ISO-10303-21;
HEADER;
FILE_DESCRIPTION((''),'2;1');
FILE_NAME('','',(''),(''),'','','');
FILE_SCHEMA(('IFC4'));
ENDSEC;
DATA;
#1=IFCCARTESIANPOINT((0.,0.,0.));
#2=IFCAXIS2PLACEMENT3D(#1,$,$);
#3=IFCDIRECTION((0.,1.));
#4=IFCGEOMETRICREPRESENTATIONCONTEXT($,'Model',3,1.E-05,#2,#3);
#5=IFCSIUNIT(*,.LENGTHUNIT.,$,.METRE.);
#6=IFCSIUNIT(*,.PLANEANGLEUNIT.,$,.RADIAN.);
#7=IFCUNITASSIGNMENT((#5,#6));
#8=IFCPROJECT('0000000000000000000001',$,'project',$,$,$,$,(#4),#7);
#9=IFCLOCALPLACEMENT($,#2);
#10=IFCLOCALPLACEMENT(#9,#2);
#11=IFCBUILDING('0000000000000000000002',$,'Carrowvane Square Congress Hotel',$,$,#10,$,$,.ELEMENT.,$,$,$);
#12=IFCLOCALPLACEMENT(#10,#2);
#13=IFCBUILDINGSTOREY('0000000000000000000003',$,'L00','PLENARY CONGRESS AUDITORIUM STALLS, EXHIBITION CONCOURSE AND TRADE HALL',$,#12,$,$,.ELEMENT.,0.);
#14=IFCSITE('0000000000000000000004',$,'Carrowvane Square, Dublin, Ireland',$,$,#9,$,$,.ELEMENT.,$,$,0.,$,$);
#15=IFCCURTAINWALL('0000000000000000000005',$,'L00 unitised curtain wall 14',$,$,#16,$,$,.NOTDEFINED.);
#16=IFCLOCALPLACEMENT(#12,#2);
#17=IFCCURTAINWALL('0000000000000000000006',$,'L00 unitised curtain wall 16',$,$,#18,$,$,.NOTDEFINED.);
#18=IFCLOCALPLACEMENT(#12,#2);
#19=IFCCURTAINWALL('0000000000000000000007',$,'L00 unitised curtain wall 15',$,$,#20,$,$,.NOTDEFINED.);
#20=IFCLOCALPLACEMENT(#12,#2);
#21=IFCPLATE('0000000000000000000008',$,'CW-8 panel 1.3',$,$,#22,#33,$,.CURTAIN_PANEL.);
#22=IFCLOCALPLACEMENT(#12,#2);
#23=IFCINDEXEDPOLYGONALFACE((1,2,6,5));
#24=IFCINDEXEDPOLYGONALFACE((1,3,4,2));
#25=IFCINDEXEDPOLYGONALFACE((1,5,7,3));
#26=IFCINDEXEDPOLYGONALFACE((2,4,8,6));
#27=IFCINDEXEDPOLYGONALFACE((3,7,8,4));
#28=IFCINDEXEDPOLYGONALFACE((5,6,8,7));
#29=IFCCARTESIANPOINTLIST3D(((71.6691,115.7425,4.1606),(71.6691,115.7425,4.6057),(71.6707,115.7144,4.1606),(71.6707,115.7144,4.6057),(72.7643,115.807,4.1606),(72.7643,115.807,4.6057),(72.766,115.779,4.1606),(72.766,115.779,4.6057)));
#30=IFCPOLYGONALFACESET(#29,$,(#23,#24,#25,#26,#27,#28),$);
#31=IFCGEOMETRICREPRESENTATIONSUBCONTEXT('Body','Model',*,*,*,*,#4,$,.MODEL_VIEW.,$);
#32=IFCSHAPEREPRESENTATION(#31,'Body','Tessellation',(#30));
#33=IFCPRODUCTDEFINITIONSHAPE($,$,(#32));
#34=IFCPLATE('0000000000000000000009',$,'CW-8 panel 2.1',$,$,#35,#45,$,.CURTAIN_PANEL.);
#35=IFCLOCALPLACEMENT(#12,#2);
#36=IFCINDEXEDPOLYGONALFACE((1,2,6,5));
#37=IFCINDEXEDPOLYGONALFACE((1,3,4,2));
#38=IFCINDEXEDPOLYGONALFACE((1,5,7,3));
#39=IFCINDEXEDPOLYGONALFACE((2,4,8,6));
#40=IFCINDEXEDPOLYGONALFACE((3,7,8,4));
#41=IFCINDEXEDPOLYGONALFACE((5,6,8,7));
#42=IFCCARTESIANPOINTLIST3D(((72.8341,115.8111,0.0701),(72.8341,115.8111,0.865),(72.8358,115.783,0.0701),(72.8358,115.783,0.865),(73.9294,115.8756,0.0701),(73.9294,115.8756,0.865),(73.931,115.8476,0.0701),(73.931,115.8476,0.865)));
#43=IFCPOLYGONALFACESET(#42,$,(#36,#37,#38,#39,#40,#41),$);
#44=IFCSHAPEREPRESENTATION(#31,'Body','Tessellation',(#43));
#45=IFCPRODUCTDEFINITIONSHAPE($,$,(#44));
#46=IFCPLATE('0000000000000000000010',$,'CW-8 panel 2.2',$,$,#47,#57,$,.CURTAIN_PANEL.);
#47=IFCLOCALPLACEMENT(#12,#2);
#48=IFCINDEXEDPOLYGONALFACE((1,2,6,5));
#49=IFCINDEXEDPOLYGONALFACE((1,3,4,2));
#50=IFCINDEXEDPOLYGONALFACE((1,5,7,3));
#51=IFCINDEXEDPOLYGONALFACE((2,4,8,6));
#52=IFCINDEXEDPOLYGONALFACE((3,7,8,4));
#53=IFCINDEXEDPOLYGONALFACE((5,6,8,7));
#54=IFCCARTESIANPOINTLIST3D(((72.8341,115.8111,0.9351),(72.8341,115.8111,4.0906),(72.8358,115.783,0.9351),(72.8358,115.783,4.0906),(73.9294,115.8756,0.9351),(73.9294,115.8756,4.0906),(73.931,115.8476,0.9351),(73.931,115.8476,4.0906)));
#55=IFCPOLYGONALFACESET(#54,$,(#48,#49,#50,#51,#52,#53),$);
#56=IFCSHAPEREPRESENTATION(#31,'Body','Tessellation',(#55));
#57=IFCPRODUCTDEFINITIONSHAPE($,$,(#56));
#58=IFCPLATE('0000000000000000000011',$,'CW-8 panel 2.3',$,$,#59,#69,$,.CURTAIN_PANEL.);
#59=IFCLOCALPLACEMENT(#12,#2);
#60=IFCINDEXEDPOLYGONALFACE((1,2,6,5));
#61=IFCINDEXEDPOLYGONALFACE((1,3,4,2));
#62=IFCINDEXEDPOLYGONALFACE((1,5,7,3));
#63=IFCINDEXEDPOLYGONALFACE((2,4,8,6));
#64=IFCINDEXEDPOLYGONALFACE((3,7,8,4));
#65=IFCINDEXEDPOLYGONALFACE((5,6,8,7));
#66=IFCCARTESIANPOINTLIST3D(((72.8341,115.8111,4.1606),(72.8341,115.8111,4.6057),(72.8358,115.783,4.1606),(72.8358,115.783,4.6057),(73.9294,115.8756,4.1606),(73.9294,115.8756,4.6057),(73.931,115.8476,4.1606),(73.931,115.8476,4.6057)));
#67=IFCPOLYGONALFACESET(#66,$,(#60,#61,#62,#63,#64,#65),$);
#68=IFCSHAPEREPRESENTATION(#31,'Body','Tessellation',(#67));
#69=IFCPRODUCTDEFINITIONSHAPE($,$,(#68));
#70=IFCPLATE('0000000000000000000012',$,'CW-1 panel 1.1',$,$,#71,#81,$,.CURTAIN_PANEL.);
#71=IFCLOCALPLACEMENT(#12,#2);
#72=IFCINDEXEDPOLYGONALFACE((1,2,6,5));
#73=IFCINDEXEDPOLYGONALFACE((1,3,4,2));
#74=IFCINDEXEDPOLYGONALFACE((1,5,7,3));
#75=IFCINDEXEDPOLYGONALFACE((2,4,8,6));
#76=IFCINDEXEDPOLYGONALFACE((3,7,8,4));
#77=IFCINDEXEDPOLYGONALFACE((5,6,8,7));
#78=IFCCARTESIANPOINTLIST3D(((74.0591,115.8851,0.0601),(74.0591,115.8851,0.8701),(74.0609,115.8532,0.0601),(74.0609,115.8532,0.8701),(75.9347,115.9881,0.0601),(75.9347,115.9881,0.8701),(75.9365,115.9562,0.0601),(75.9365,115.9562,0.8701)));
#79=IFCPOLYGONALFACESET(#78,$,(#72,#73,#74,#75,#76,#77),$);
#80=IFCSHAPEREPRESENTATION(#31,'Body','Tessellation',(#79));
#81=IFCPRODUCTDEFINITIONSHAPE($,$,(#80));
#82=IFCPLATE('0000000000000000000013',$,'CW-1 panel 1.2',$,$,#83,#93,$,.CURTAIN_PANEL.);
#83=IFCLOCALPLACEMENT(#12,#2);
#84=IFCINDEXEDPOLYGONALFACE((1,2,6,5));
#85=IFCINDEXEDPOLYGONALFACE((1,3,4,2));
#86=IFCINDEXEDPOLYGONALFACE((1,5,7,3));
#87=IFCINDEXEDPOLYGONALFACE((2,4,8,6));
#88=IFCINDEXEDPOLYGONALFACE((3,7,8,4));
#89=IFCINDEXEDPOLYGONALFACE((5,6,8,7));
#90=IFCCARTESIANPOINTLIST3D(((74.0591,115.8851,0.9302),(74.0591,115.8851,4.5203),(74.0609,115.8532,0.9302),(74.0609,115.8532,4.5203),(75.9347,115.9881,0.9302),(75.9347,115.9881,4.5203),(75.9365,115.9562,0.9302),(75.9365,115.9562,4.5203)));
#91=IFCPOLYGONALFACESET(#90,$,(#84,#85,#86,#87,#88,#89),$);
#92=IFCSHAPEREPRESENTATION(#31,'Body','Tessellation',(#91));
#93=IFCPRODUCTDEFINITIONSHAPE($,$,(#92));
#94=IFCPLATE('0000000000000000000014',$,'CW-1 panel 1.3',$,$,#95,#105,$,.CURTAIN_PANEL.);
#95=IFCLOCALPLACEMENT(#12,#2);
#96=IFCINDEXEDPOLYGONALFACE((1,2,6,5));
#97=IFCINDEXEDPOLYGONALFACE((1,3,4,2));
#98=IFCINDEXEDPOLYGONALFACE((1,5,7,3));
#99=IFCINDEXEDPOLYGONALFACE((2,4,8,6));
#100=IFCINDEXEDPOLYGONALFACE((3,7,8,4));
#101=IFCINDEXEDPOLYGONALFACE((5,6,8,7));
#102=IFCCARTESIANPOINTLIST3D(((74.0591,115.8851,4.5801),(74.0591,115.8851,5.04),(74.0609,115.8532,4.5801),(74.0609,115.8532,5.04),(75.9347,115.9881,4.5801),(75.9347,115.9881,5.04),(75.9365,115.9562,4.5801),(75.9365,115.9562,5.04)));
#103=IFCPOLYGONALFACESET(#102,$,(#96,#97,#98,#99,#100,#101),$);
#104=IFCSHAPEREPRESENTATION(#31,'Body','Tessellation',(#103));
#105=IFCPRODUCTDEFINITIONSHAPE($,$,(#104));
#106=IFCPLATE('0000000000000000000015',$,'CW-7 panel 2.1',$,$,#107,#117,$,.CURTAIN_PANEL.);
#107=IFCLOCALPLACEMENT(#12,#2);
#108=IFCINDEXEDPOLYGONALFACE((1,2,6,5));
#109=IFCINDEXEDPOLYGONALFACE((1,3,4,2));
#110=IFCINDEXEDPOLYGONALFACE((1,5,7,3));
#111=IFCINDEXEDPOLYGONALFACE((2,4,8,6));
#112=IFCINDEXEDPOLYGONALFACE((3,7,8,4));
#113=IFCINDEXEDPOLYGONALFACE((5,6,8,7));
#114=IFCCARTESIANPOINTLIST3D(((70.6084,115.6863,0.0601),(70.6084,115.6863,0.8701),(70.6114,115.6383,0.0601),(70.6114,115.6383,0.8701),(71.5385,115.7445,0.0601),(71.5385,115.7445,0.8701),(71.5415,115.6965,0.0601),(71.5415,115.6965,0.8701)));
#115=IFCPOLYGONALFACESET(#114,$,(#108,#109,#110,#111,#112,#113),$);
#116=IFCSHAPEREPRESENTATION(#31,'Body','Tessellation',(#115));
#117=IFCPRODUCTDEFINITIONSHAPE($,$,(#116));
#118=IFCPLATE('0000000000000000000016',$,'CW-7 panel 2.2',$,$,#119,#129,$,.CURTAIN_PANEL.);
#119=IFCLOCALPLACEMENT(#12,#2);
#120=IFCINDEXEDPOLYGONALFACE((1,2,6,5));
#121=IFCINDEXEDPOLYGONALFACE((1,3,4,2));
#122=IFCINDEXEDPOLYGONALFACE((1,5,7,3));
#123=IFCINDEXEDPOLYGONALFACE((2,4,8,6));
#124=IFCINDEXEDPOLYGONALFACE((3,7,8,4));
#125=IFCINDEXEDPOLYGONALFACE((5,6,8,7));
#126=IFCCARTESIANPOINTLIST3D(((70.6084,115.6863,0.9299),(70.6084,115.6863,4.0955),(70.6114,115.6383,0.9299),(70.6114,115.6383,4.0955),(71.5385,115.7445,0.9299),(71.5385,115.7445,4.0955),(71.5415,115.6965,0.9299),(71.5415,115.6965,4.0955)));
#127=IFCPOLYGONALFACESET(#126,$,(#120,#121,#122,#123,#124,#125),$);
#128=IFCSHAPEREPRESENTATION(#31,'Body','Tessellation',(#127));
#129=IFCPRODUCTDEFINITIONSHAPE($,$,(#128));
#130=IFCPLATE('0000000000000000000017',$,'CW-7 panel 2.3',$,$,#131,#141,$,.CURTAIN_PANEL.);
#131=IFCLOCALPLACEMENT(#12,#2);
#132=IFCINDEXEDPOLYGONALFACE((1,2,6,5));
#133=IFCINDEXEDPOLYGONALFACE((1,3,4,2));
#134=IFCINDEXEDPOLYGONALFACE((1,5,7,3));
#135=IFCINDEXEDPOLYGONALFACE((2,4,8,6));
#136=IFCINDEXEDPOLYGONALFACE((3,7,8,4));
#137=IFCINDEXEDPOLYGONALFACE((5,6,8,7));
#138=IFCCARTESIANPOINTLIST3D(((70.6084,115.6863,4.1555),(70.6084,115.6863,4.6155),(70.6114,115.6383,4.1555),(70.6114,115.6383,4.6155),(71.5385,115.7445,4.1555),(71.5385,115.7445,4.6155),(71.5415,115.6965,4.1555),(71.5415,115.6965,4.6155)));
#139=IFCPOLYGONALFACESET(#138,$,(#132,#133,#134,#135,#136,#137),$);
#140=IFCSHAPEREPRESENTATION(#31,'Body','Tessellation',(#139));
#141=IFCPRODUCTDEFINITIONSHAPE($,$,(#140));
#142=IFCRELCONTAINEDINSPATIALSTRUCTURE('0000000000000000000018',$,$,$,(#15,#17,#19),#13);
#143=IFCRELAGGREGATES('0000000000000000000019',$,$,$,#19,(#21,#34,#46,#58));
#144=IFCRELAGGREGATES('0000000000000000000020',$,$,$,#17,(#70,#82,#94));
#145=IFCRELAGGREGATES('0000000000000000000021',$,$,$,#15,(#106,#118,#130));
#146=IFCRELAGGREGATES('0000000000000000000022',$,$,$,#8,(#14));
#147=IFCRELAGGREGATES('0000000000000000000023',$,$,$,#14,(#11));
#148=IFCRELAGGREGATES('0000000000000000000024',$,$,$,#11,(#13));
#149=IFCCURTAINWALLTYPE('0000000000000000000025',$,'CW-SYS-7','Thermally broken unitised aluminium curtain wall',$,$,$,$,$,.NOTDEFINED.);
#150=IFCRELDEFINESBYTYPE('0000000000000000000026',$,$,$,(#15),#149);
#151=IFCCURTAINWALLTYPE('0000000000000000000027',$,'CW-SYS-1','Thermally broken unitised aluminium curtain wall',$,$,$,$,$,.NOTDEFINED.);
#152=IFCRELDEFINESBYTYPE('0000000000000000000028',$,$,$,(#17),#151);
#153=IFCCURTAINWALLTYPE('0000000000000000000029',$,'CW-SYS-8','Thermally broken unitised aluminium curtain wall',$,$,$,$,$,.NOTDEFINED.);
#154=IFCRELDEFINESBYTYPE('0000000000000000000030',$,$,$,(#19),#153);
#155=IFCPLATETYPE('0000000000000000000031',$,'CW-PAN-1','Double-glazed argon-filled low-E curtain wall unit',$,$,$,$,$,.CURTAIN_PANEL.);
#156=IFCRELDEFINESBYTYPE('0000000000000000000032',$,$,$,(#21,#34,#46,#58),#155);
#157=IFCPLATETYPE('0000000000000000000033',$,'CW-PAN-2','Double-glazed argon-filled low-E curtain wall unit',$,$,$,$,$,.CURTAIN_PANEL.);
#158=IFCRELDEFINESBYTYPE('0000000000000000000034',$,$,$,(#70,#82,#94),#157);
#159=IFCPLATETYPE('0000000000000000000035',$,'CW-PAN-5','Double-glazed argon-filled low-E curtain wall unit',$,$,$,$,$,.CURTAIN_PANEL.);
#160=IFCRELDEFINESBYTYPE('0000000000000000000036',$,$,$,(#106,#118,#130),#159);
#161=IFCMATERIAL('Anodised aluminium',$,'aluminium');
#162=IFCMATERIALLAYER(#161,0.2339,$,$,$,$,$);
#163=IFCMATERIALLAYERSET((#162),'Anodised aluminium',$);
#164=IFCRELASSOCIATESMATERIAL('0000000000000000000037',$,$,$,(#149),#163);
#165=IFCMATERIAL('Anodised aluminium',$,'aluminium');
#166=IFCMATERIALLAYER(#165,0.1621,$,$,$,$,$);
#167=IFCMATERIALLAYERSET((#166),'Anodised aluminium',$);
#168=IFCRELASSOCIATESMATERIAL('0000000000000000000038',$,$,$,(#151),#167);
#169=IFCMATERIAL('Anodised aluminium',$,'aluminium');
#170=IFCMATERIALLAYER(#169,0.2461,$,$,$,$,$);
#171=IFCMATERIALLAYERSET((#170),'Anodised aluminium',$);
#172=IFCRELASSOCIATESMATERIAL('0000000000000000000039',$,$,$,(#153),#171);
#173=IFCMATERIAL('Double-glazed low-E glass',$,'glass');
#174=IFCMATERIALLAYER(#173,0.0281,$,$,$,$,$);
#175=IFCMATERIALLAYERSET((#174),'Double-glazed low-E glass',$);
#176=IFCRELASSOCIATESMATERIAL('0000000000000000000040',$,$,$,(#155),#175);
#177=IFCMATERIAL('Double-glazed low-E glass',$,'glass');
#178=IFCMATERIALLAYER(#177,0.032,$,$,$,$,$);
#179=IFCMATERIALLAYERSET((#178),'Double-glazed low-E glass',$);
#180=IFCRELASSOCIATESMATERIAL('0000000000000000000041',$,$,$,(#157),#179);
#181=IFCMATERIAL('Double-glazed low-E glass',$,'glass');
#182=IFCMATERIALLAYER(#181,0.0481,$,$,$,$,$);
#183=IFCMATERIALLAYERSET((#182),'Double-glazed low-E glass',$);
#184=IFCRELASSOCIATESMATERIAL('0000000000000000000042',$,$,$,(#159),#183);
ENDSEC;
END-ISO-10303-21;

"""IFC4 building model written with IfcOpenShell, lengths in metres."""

from ifc_helpers import new_model, si_unit, direction, frame, origin, origin_2d, place, context, subcontext, project, spatial, rectangle, extrude, material, layer, layer_set, type_object, element, aggregate, save


model = new_model("IFC4")

# Units and contexts
model_context = context("Model", 3, precision=1e-05, world=origin(), true_north=direction((0.0, 1.0)))
body_context = subcontext(model_context, "Body", "Model", "MODEL_VIEW")
ifc_project = project(units=[si_unit("LENGTHUNIT", "METRE"), si_unit("PLANEANGLEUNIT", "RADIAN")], contexts=[model_context])

# Site, building, storey
site_placement = place(None, origin())
site = spatial("IfcSite", under=ifc_project, at=site_placement, Name="Carrowvane Square, Dublin, Ireland", CompositionType="ELEMENT", RefElevation=0.0)
building_placement = place(site_placement, origin())
building = spatial("IfcBuilding", under=site, at=building_placement, Name="Carrowvane Square Congress Hotel", CompositionType="ELEMENT")
storey_placement = place(building_placement, origin())
storey = spatial("IfcBuildingStorey", under=building, at=storey_placement, Name="L00", Description="PLENARY CONGRESS AUDITORIUM STALLS, EXHIBITION CONCOURSE AND TRADE HALL", CompositionType="ELEMENT", Elevation=0.0)

# Curtain wall
ifc_material_1 = material(Name="Anodised aluminium", Category="aluminium")
ifc_layer_1 = layer(ifc_material_1, 0.2339)
ifc_layer_set_1 = layer_set([ifc_layer_1], Name="Anodised aluminium")
curtain_wall_type_1 = type_object("IfcCurtainWallType", Name="CW-SYS-7", Description="Thermally broken unitised aluminium curtain wall", PredefinedType="NOTDEFINED", material=ifc_layer_set_1)
curtain_wall_1_placement = place(storey_placement, origin())
curtain_wall_1 = element("IfcCurtainWall", 1, at=curtain_wall_1_placement, inside=storey, type_object=curtain_wall_type_1, Name="L00 unitised curtain wall 14", PredefinedType="NOTDEFINED")

# Curtain walls
ifc_material_2 = material(Name="Anodised aluminium", Category="aluminium")
ifc_layer_2 = layer(ifc_material_2, 0.1621)
ifc_layer_set_2 = layer_set([ifc_layer_2], Name="Anodised aluminium")
curtain_wall_type_2 = type_object("IfcCurtainWallType", Name="CW-SYS-1", Description="Thermally broken unitised aluminium curtain wall", PredefinedType="NOTDEFINED", material=ifc_layer_set_2)
curtain_wall_2_placement = place(storey_placement, origin())
curtain_wall_2 = element("IfcCurtainWall", 2, at=curtain_wall_2_placement, inside=storey, type_object=curtain_wall_type_2, Name="L00 unitised curtain wall 16", PredefinedType="NOTDEFINED")
ifc_material_3 = material(Name="Anodised aluminium", Category="aluminium")
ifc_layer_3 = layer(ifc_material_3, 0.2461)
ifc_layer_set_3 = layer_set([ifc_layer_3], Name="Anodised aluminium")
curtain_wall_type_3 = type_object("IfcCurtainWallType", Name="CW-SYS-8", Description="Thermally broken unitised aluminium curtain wall", PredefinedType="NOTDEFINED", material=ifc_layer_set_3)
curtain_wall_3_placement = place(storey_placement, origin())
curtain_wall_3 = element("IfcCurtainWall", 3, at=curtain_wall_3_placement, inside=storey, type_object=curtain_wall_type_3, Name="L00 unitised curtain wall 15", PredefinedType="NOTDEFINED")

# Plates
ifc_material_4 = material(Name="Double-glazed low-E glass", Category="glass")
ifc_layer_4 = layer(ifc_material_4, 0.0281)
ifc_layer_set_4 = layer_set([ifc_layer_4], Name="Double-glazed low-E glass")
plate_type_1 = type_object("IfcPlateType", Name="CW-PAN-1", Description="Double-glazed argon-filled low-E curtain wall unit", PredefinedType="CURTAIN_PANEL", material=ifc_layer_set_4)
plate_1_placement = place(storey_placement, frame((72.2175, 115.7607, 4.1606), z_axis=(0.0, 0.0, 1.0), x_axis=(0.998267, 0.058851, 0.0)))
plate_1 = element("IfcPlate", 4, at=plate_1_placement, type_object=plate_type_1, Name="CW-8 panel 1.3", PredefinedType="CURTAIN_PANEL", context=body_context, shape_type="SweptSolid", body=[
    extrude(rectangle(XDim=1.0972, YDim=0.0281, at=origin_2d()), origin(), (0.0, 0.0, 1.0), 0.4451),
])
plate_2_placement = place(storey_placement, frame((73.3826, 115.8293, 0.0701), z_axis=(0.0, 0.0, 1.0), x_axis=(0.998267, 0.058851, 0.0)))
plate_2 = element("IfcPlate", 5, at=plate_2_placement, type_object=plate_type_1, Name="CW-8 panel 2.1", PredefinedType="CURTAIN_PANEL", context=body_context, shape_type="SweptSolid", body=[
    extrude(rectangle(XDim=1.0972, YDim=0.0281, at=origin_2d()), origin(), (0.0, 0.0, 1.0), 0.7949),
])
plate_3_placement = place(storey_placement, frame((73.3826, 115.8293, 0.9351), z_axis=(0.0, 0.0, 1.0), x_axis=(0.998267, 0.058851, 0.0)))
plate_3 = element("IfcPlate", 6, at=plate_3_placement, type_object=plate_type_1, Name="CW-8 panel 2.2", PredefinedType="CURTAIN_PANEL", context=body_context, shape_type="SweptSolid", body=[
    extrude(rectangle(XDim=1.0972, YDim=0.0281, at=origin_2d()), origin(), (0.0, 0.0, 1.0), 3.1555),
])
plate_4_placement = place(storey_placement, frame((73.3826, 115.8293, 4.1606), z_axis=(0.0, 0.0, 1.0), x_axis=(0.998267, 0.058851, 0.0)))
plate_4 = element("IfcPlate", 7, at=plate_4_placement, type_object=plate_type_1, Name="CW-8 panel 2.3", PredefinedType="CURTAIN_PANEL", context=body_context, shape_type="SweptSolid", body=[
    extrude(rectangle(XDim=1.0972, YDim=0.0281, at=origin_2d()), origin(), (0.0, 0.0, 1.0), 0.4451),
])
aggregate(curtain_wall_3, [plate_1, plate_2, plate_3, plate_4])
ifc_material_5 = material(Name="Double-glazed low-E glass", Category="glass")
ifc_layer_5 = layer(ifc_material_5, 0.032)
ifc_layer_set_5 = layer_set([ifc_layer_5], Name="Double-glazed low-E glass")
plate_type_2 = type_object("IfcPlateType", Name="CW-PAN-2", Description="Double-glazed argon-filled low-E curtain wall unit", PredefinedType="CURTAIN_PANEL", material=ifc_layer_set_5)
plate_5_placement = place(storey_placement, frame((74.9978, 115.9207, 0.0601), z_axis=(0.0, 0.0, 1.0), x_axis=(0.998496, 0.054816, 0.0)))
plate_5 = element("IfcPlate", 8, at=plate_5_placement, type_object=plate_type_2, Name="CW-1 panel 1.1", PredefinedType="CURTAIN_PANEL", context=body_context, shape_type="SweptSolid", body=[
    extrude(rectangle(XDim=1.8784, YDim=0.032, at=origin_2d()), origin(), (0.0, 0.0, 1.0), 0.8101),
])
plate_6_placement = place(storey_placement, frame((74.9978, 115.9207, 0.9302), z_axis=(0.0, 0.0, 1.0), x_axis=(0.998496, 0.054816, 0.0)))
plate_6 = element("IfcPlate", 9, at=plate_6_placement, type_object=plate_type_2, Name="CW-1 panel 1.2", PredefinedType="CURTAIN_PANEL", context=body_context, shape_type="SweptSolid", body=[
    extrude(rectangle(XDim=1.8784, YDim=0.032, at=origin_2d()), origin(), (0.0, 0.0, 1.0), 3.5901),
])
plate_7_placement = place(storey_placement, frame((74.9978, 115.9207, 4.5801), z_axis=(0.0, 0.0, 1.0), x_axis=(0.998496, 0.054816, 0.0)))
plate_7 = element("IfcPlate", 10, at=plate_7_placement, type_object=plate_type_2, Name="CW-1 panel 1.3", PredefinedType="CURTAIN_PANEL", context=body_context, shape_type="SweptSolid", body=[
    extrude(rectangle(XDim=1.8784, YDim=0.032, at=origin_2d()), origin(), (0.0, 0.0, 1.0), 0.46),
])
aggregate(curtain_wall_2, [plate_5, plate_6, plate_7])
ifc_material_6 = material(Name="Double-glazed low-E glass", Category="glass")
ifc_layer_6 = layer(ifc_material_6, 0.0481)
ifc_layer_set_6 = layer_set([ifc_layer_6], Name="Double-glazed low-E glass")
plate_type_3 = type_object("IfcPlateType", Name="CW-PAN-5", Description="Double-glazed argon-filled low-E curtain wall unit", PredefinedType="CURTAIN_PANEL", material=ifc_layer_set_6)
plate_8_placement = place(storey_placement, frame((71.075, 115.6914, 0.0601), z_axis=(0.0, 0.0, 1.0), x_axis=(0.998051, 0.062397, 0.0)))
plate_8 = element("IfcPlate", 11, at=plate_8_placement, type_object=plate_type_3, Name="CW-7 panel 2.1", PredefinedType="CURTAIN_PANEL", context=body_context, shape_type="SweptSolid", body=[
    extrude(rectangle(XDim=0.9319, YDim=0.0481, at=origin_2d()), origin(), (0.0, 0.0, 1.0), 0.8101),
])
plate_9_placement = place(storey_placement, frame((71.075, 115.6914, 0.9299), z_axis=(0.0, 0.0, 1.0), x_axis=(0.998051, 0.062397, 0.0)))
plate_9 = element("IfcPlate", 12, at=plate_9_placement, type_object=plate_type_3, Name="CW-7 panel 2.2", PredefinedType="CURTAIN_PANEL", context=body_context, shape_type="SweptSolid", body=[
    extrude(rectangle(XDim=0.9319, YDim=0.0481, at=origin_2d()), origin(), (0.0, 0.0, 1.0), 3.1655),
])
plate_10_placement = place(storey_placement, frame((71.075, 115.6914, 4.1555), z_axis=(0.0, 0.0, 1.0), x_axis=(0.998051, 0.062397, 0.0)))
plate_10 = element("IfcPlate", 13, at=plate_10_placement, type_object=plate_type_3, Name="CW-7 panel 2.3", PredefinedType="CURTAIN_PANEL", context=body_context, shape_type="SweptSolid", body=[
    extrude(rectangle(XDim=0.9319, YDim=0.0481, at=origin_2d()), origin(), (0.0, 0.0, 1.0), 0.46),
])
aggregate(curtain_wall_1, [plate_8, plate_9, plate_10])

save(model, "model.ifc")
